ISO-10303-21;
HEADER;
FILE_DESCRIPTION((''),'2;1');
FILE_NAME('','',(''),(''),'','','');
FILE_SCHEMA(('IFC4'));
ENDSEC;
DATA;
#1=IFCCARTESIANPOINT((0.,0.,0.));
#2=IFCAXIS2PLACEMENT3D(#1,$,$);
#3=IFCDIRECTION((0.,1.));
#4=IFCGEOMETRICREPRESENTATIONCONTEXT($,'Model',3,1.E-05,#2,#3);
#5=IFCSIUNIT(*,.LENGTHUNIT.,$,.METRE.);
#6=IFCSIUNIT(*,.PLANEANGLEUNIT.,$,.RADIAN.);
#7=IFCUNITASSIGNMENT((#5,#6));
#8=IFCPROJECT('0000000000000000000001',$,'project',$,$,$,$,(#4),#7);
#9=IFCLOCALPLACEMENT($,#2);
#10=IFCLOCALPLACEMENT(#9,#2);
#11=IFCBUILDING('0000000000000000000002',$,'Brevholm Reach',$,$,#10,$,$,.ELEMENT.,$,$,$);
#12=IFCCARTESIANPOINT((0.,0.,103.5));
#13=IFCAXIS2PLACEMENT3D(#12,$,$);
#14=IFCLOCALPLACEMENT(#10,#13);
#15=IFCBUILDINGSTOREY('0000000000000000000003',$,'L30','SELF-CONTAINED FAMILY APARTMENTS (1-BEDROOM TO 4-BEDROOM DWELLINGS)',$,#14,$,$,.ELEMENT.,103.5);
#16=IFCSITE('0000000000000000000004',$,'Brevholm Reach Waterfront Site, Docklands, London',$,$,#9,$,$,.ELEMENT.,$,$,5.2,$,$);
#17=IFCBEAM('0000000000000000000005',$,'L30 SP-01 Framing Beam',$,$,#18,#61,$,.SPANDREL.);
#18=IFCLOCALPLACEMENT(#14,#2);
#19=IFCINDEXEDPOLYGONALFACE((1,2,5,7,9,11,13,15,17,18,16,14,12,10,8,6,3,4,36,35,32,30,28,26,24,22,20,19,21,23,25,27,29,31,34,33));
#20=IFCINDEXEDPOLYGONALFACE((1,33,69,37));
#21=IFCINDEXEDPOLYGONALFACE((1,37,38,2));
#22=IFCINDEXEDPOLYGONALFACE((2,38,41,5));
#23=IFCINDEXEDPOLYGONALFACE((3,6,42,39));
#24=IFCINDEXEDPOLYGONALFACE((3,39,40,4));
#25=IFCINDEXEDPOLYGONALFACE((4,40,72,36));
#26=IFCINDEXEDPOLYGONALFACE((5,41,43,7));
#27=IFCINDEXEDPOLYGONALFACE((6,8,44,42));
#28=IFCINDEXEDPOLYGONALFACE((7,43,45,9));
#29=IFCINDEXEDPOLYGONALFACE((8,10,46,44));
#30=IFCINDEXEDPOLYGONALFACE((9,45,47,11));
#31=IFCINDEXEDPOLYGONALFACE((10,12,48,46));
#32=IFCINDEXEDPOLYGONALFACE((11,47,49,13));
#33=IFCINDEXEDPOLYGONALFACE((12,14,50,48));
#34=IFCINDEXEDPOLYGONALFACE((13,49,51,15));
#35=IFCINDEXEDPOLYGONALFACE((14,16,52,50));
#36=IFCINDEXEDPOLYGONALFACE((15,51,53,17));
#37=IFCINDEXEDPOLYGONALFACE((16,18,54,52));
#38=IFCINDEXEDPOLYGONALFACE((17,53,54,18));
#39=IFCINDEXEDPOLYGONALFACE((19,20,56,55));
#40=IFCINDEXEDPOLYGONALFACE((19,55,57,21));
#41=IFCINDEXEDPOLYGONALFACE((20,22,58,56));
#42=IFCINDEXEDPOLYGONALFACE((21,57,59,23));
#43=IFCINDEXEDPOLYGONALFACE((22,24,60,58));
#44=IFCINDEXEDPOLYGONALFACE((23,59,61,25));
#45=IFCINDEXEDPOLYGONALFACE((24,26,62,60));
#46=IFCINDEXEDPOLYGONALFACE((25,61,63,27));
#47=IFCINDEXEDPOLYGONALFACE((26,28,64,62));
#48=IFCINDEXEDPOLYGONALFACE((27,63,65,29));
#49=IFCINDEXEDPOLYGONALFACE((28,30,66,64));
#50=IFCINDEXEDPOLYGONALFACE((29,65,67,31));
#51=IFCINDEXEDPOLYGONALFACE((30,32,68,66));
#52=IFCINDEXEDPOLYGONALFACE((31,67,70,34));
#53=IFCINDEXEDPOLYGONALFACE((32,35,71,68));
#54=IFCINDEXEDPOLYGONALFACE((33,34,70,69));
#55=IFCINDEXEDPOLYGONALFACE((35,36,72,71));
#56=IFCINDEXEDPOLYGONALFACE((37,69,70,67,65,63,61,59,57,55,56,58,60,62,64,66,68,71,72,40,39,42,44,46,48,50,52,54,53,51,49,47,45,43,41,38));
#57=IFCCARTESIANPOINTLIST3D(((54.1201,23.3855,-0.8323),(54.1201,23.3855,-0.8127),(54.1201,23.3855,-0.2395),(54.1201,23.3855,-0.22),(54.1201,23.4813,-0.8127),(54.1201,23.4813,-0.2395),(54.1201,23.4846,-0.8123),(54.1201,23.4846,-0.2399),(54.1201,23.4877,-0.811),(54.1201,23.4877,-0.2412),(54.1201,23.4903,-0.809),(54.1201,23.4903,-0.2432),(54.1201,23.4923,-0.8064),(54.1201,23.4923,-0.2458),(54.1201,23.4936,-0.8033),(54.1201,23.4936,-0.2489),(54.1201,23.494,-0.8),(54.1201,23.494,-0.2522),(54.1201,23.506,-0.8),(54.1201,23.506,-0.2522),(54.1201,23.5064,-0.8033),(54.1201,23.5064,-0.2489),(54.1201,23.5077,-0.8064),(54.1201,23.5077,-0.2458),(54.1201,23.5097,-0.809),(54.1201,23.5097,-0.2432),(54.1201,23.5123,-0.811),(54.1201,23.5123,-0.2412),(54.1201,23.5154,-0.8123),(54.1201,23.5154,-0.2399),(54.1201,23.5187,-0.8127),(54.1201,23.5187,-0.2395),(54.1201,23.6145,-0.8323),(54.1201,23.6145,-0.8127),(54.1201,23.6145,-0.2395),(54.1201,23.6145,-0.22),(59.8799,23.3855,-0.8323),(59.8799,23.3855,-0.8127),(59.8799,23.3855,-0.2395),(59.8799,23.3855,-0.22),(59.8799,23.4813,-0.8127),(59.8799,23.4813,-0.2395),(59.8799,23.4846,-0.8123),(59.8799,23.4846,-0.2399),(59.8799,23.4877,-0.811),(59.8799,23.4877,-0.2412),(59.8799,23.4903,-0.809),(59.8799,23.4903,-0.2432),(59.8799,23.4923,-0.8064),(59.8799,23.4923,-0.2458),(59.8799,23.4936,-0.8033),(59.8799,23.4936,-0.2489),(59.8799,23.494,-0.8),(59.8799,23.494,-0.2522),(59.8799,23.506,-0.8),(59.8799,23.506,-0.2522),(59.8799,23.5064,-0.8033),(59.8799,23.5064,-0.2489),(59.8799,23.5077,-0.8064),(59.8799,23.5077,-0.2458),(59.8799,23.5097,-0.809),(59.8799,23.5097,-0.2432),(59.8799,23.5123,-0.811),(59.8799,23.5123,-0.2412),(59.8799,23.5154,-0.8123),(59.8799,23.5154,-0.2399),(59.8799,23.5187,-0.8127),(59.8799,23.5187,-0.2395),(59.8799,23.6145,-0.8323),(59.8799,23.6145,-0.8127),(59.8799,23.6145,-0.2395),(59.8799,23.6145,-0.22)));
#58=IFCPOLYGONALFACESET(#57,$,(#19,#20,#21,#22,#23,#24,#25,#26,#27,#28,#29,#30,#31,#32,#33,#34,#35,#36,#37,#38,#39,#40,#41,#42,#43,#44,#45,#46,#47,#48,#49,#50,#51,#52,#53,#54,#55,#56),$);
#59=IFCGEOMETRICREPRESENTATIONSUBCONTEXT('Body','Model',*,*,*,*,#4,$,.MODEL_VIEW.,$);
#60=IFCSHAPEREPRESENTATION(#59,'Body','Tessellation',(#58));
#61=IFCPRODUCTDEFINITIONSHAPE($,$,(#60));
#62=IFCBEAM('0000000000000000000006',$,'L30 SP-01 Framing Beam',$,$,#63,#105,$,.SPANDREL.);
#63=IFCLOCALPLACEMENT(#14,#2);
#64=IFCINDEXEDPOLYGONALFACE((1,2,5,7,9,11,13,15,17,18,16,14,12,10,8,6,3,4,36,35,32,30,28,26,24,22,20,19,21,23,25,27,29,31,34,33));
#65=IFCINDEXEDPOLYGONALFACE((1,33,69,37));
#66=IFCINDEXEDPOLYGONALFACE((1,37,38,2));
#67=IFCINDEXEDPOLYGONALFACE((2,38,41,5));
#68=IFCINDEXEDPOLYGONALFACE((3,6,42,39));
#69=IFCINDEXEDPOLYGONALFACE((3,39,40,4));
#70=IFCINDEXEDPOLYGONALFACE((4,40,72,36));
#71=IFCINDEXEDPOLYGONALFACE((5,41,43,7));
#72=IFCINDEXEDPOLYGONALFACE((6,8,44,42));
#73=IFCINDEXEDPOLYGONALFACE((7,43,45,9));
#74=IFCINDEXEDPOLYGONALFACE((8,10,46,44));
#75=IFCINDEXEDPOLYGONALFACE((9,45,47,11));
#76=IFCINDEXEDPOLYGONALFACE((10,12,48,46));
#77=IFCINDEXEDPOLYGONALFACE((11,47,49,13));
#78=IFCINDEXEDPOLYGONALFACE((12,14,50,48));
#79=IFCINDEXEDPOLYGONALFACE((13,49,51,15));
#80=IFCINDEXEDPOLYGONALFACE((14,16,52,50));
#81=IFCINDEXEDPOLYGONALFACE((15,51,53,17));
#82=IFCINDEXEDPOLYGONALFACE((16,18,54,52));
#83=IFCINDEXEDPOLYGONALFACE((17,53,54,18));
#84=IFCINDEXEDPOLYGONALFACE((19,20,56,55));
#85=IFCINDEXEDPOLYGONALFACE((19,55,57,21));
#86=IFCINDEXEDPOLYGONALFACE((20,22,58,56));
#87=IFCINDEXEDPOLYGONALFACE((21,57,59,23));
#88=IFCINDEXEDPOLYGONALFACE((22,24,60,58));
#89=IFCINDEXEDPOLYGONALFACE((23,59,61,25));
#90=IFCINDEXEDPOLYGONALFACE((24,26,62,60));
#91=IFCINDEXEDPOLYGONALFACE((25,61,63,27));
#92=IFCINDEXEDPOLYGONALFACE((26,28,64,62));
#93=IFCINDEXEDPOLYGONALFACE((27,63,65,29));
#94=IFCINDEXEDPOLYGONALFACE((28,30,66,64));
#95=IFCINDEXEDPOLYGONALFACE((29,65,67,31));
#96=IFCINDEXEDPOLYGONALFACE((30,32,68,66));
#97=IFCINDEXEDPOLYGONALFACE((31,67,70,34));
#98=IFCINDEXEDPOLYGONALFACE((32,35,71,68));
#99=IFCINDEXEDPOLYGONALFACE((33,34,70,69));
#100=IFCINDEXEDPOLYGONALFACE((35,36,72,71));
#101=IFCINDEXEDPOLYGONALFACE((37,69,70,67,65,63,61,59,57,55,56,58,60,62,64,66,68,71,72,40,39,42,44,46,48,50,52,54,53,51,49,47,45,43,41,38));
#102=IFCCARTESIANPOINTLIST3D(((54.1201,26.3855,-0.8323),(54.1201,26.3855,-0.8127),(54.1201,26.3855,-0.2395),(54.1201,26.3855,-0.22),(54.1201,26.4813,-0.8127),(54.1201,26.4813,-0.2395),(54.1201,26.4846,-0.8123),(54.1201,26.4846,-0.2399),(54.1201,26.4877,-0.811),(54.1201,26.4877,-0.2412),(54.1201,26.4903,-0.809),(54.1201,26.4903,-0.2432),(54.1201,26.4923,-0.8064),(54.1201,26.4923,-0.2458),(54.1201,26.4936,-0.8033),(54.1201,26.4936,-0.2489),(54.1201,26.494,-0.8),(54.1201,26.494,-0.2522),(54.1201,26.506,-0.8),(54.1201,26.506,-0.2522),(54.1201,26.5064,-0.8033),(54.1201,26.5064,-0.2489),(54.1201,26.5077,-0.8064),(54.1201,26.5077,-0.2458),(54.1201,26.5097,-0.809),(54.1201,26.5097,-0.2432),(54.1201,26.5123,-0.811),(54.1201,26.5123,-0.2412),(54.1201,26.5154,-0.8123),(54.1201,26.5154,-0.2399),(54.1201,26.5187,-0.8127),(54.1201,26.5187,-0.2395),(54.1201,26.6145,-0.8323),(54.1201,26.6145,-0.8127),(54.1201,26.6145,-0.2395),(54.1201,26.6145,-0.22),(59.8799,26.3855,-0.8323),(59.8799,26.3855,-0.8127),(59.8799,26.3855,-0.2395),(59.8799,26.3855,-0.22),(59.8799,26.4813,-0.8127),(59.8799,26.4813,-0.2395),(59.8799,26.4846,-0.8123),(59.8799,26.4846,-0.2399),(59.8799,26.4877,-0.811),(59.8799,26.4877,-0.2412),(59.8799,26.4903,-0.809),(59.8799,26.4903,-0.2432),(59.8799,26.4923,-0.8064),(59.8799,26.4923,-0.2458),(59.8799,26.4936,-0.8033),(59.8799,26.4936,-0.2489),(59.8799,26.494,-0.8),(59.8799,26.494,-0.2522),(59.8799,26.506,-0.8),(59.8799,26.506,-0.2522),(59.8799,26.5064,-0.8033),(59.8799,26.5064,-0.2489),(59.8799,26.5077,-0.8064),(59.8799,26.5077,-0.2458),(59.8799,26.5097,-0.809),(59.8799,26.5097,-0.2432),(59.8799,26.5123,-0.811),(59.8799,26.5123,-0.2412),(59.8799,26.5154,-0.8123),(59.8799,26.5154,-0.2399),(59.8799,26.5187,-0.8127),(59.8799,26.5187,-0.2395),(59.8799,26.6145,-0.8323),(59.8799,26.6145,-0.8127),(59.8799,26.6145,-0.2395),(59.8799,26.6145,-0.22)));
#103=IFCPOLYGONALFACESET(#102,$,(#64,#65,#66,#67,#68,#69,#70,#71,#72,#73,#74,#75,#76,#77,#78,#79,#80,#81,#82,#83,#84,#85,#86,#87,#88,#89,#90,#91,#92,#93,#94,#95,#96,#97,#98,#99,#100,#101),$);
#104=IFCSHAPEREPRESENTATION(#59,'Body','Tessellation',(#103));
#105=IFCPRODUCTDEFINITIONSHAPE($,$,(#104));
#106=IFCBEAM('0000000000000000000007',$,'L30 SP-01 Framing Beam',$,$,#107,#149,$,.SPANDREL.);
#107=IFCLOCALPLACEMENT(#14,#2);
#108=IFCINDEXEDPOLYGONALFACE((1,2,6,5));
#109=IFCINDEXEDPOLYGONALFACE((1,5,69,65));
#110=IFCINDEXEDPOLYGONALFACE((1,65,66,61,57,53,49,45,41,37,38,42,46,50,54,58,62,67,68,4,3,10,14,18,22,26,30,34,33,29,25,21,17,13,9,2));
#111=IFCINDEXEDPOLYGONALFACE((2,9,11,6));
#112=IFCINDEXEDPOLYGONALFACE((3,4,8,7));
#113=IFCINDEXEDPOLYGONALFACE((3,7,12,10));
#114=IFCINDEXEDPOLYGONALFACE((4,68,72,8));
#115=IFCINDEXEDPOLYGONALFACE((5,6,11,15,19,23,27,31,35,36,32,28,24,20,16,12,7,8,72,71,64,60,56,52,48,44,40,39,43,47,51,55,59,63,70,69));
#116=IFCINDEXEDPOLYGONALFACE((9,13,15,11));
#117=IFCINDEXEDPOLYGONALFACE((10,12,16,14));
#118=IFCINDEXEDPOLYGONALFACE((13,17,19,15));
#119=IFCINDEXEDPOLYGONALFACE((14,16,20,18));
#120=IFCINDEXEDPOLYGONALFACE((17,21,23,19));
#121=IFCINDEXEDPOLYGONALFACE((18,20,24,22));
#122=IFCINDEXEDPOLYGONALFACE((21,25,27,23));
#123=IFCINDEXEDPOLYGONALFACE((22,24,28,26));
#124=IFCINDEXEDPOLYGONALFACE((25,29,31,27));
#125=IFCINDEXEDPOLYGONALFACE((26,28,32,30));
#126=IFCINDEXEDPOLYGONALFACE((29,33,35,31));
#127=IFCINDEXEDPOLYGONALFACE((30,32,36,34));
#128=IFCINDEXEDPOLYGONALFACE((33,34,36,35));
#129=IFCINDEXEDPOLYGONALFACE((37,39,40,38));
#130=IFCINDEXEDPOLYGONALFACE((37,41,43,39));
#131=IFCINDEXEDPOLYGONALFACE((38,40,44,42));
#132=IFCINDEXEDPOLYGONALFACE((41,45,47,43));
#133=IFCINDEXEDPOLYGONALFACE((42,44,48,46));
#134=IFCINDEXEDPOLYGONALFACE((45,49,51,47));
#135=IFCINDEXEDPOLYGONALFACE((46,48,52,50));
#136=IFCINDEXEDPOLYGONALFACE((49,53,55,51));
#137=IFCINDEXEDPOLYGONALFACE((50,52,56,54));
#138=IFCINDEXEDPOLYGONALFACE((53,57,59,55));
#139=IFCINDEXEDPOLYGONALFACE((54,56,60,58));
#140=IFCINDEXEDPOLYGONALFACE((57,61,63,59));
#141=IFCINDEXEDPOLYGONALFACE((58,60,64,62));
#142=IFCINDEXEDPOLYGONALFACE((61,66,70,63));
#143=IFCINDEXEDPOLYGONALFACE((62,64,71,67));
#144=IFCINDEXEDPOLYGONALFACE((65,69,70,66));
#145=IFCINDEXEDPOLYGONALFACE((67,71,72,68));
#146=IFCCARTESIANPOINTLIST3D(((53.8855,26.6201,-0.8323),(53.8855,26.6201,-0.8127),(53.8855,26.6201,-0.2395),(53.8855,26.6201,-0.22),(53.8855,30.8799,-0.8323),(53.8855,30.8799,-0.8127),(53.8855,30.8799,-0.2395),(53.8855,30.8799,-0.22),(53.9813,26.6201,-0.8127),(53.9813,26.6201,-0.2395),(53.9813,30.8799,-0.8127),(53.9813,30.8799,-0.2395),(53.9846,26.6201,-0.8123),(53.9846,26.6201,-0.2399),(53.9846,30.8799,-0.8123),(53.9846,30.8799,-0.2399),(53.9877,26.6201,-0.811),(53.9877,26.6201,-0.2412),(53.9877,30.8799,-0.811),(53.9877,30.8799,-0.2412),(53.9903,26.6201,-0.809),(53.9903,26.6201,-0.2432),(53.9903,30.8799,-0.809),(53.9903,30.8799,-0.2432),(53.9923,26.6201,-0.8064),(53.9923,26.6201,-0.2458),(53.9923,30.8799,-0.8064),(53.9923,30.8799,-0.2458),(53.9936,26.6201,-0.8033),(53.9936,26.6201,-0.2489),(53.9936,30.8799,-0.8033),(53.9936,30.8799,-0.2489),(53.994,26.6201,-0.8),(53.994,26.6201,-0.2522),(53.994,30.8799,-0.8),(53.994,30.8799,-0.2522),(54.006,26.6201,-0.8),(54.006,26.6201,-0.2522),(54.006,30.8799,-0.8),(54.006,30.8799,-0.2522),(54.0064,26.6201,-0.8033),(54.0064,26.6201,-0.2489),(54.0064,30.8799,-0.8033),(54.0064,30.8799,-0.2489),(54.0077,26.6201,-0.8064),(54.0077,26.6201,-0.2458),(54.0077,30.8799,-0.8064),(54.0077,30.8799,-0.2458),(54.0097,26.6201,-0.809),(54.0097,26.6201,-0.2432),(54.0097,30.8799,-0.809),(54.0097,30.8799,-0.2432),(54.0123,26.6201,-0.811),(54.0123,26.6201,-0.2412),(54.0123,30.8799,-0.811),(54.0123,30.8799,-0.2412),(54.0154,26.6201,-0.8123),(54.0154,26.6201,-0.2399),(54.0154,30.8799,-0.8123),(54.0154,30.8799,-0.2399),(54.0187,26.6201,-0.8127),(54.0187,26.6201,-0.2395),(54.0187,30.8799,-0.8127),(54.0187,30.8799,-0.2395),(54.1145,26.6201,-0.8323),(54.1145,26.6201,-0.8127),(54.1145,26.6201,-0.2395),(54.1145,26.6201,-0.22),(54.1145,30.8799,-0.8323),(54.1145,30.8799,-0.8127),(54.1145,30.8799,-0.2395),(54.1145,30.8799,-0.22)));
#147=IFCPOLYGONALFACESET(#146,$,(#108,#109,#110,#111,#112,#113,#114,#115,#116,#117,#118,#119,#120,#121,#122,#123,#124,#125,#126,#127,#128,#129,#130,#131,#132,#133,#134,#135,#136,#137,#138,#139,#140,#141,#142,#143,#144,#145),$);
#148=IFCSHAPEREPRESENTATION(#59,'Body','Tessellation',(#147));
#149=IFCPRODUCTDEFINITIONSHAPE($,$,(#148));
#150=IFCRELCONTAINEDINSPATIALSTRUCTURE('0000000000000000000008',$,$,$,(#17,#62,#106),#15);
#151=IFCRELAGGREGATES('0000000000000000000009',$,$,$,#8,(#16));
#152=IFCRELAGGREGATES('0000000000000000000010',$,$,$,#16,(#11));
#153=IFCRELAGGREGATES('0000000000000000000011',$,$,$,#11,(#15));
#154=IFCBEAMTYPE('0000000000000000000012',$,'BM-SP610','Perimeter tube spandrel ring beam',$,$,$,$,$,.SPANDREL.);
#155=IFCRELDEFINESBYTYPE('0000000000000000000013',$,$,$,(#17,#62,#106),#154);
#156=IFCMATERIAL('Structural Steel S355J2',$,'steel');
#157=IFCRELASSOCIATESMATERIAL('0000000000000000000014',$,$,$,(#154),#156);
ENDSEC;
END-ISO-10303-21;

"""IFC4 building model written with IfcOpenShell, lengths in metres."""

from ifc_helpers import new_model, si_unit, direction, frame, origin, origin_2d, place, context, subcontext, project, spatial, i_section, extrude, material, material_profile, profile_set, type_object, element, save


model = new_model("IFC4")

# Units and contexts
model_context = context("Model", 3, precision=1e-05, world=origin(), true_north=direction((0.0, 1.0)))
body_context = subcontext(model_context, "Body", "Model", "MODEL_VIEW")
ifc_project = project(units=[si_unit("LENGTHUNIT", "METRE"), si_unit("PLANEANGLEUNIT", "RADIAN")], contexts=[model_context])

# Site, building, storey
site_placement = place(None, origin())
site = spatial("IfcSite", under=ifc_project, at=site_placement, Name="Brevholm Reach Waterfront Site, Docklands, London", CompositionType="ELEMENT", RefElevation=5.2)
building_placement = place(site_placement, origin())
building = spatial("IfcBuilding", under=site, at=building_placement, Name="Brevholm Reach", CompositionType="ELEMENT")
storey_placement = place(building_placement, frame((0.0, 0.0, 103.5)))
storey = spatial("IfcBuildingStorey", under=building, at=storey_placement, Name="L30", Description="SELF-CONTAINED FAMILY APARTMENTS (1-BEDROOM TO 4-BEDROOM DWELLINGS)", CompositionType="ELEMENT", Elevation=103.5)

# Beams
ifc_material_1 = material(Name="Structural Steel S355J2", Category="steel")
ifc_material_profile_1 = material_profile(ifc_material_1, i_section(OverallWidth=0.229, OverallDepth=0.6123, WebThickness=0.012, FlangeThickness=0.0195, FilletRadius=0.0127, at=origin_2d()), Name="UKB 610x229x125")
ifc_profile_set_1 = profile_set([ifc_material_profile_1], Name="Structural Steel S355J2")
beam_type_1 = type_object("IfcBeamType", Name="BM-SP610", Description="Perimeter tube spandrel ring beam", PredefinedType="SPANDREL", material=ifc_profile_set_1)
for number, where, z_axis, x_axis, name in (
    (1, (54.1201, 23.5, -0.5261), (1.0, 0.0, 0.0), (0.0, 1.0, 0.0), "L30 SP-01 Framing Beam"),
    (2, (54.1201, 26.5, -0.5261), (1.0, 0.0, 0.0), (0.0, 1.0, 0.0), "L30 SP-01 Framing Beam"),
):
    element("IfcBeam", number, at=place(storey_placement, frame(where, z_axis=z_axis, x_axis=x_axis)), inside=storey, type_object=beam_type_1, Name=name, PredefinedType="SPANDREL", context=body_context, shape_type="SweptSolid", body=[
        extrude(i_section(OverallWidth=0.229, OverallDepth=0.6123, WebThickness=0.012, FlangeThickness=0.0195, FilletRadius=0.0127, at=origin_2d()), origin(), (0.0, 0.0, 1.0), 5.7598),
    ])
beam_1_placement = place(storey_placement, frame((54.0, 26.6201, -0.5261), z_axis=(0.0, 1.0, 0.0), x_axis=(-1.0, 0.0, 0.0)))
element("IfcBeam", 3, at=beam_1_placement, inside=storey, type_object=beam_type_1, Name="L30 SP-01 Framing Beam", PredefinedType="SPANDREL", context=body_context, shape_type="SweptSolid", body=[
    extrude(i_section(OverallWidth=0.229, OverallDepth=0.6123, WebThickness=0.012, FlangeThickness=0.0195, FilletRadius=0.0127, at=origin_2d()), origin(), (0.0, 0.0, 1.0), 4.2598),
])

save(model, "model.ifc")
